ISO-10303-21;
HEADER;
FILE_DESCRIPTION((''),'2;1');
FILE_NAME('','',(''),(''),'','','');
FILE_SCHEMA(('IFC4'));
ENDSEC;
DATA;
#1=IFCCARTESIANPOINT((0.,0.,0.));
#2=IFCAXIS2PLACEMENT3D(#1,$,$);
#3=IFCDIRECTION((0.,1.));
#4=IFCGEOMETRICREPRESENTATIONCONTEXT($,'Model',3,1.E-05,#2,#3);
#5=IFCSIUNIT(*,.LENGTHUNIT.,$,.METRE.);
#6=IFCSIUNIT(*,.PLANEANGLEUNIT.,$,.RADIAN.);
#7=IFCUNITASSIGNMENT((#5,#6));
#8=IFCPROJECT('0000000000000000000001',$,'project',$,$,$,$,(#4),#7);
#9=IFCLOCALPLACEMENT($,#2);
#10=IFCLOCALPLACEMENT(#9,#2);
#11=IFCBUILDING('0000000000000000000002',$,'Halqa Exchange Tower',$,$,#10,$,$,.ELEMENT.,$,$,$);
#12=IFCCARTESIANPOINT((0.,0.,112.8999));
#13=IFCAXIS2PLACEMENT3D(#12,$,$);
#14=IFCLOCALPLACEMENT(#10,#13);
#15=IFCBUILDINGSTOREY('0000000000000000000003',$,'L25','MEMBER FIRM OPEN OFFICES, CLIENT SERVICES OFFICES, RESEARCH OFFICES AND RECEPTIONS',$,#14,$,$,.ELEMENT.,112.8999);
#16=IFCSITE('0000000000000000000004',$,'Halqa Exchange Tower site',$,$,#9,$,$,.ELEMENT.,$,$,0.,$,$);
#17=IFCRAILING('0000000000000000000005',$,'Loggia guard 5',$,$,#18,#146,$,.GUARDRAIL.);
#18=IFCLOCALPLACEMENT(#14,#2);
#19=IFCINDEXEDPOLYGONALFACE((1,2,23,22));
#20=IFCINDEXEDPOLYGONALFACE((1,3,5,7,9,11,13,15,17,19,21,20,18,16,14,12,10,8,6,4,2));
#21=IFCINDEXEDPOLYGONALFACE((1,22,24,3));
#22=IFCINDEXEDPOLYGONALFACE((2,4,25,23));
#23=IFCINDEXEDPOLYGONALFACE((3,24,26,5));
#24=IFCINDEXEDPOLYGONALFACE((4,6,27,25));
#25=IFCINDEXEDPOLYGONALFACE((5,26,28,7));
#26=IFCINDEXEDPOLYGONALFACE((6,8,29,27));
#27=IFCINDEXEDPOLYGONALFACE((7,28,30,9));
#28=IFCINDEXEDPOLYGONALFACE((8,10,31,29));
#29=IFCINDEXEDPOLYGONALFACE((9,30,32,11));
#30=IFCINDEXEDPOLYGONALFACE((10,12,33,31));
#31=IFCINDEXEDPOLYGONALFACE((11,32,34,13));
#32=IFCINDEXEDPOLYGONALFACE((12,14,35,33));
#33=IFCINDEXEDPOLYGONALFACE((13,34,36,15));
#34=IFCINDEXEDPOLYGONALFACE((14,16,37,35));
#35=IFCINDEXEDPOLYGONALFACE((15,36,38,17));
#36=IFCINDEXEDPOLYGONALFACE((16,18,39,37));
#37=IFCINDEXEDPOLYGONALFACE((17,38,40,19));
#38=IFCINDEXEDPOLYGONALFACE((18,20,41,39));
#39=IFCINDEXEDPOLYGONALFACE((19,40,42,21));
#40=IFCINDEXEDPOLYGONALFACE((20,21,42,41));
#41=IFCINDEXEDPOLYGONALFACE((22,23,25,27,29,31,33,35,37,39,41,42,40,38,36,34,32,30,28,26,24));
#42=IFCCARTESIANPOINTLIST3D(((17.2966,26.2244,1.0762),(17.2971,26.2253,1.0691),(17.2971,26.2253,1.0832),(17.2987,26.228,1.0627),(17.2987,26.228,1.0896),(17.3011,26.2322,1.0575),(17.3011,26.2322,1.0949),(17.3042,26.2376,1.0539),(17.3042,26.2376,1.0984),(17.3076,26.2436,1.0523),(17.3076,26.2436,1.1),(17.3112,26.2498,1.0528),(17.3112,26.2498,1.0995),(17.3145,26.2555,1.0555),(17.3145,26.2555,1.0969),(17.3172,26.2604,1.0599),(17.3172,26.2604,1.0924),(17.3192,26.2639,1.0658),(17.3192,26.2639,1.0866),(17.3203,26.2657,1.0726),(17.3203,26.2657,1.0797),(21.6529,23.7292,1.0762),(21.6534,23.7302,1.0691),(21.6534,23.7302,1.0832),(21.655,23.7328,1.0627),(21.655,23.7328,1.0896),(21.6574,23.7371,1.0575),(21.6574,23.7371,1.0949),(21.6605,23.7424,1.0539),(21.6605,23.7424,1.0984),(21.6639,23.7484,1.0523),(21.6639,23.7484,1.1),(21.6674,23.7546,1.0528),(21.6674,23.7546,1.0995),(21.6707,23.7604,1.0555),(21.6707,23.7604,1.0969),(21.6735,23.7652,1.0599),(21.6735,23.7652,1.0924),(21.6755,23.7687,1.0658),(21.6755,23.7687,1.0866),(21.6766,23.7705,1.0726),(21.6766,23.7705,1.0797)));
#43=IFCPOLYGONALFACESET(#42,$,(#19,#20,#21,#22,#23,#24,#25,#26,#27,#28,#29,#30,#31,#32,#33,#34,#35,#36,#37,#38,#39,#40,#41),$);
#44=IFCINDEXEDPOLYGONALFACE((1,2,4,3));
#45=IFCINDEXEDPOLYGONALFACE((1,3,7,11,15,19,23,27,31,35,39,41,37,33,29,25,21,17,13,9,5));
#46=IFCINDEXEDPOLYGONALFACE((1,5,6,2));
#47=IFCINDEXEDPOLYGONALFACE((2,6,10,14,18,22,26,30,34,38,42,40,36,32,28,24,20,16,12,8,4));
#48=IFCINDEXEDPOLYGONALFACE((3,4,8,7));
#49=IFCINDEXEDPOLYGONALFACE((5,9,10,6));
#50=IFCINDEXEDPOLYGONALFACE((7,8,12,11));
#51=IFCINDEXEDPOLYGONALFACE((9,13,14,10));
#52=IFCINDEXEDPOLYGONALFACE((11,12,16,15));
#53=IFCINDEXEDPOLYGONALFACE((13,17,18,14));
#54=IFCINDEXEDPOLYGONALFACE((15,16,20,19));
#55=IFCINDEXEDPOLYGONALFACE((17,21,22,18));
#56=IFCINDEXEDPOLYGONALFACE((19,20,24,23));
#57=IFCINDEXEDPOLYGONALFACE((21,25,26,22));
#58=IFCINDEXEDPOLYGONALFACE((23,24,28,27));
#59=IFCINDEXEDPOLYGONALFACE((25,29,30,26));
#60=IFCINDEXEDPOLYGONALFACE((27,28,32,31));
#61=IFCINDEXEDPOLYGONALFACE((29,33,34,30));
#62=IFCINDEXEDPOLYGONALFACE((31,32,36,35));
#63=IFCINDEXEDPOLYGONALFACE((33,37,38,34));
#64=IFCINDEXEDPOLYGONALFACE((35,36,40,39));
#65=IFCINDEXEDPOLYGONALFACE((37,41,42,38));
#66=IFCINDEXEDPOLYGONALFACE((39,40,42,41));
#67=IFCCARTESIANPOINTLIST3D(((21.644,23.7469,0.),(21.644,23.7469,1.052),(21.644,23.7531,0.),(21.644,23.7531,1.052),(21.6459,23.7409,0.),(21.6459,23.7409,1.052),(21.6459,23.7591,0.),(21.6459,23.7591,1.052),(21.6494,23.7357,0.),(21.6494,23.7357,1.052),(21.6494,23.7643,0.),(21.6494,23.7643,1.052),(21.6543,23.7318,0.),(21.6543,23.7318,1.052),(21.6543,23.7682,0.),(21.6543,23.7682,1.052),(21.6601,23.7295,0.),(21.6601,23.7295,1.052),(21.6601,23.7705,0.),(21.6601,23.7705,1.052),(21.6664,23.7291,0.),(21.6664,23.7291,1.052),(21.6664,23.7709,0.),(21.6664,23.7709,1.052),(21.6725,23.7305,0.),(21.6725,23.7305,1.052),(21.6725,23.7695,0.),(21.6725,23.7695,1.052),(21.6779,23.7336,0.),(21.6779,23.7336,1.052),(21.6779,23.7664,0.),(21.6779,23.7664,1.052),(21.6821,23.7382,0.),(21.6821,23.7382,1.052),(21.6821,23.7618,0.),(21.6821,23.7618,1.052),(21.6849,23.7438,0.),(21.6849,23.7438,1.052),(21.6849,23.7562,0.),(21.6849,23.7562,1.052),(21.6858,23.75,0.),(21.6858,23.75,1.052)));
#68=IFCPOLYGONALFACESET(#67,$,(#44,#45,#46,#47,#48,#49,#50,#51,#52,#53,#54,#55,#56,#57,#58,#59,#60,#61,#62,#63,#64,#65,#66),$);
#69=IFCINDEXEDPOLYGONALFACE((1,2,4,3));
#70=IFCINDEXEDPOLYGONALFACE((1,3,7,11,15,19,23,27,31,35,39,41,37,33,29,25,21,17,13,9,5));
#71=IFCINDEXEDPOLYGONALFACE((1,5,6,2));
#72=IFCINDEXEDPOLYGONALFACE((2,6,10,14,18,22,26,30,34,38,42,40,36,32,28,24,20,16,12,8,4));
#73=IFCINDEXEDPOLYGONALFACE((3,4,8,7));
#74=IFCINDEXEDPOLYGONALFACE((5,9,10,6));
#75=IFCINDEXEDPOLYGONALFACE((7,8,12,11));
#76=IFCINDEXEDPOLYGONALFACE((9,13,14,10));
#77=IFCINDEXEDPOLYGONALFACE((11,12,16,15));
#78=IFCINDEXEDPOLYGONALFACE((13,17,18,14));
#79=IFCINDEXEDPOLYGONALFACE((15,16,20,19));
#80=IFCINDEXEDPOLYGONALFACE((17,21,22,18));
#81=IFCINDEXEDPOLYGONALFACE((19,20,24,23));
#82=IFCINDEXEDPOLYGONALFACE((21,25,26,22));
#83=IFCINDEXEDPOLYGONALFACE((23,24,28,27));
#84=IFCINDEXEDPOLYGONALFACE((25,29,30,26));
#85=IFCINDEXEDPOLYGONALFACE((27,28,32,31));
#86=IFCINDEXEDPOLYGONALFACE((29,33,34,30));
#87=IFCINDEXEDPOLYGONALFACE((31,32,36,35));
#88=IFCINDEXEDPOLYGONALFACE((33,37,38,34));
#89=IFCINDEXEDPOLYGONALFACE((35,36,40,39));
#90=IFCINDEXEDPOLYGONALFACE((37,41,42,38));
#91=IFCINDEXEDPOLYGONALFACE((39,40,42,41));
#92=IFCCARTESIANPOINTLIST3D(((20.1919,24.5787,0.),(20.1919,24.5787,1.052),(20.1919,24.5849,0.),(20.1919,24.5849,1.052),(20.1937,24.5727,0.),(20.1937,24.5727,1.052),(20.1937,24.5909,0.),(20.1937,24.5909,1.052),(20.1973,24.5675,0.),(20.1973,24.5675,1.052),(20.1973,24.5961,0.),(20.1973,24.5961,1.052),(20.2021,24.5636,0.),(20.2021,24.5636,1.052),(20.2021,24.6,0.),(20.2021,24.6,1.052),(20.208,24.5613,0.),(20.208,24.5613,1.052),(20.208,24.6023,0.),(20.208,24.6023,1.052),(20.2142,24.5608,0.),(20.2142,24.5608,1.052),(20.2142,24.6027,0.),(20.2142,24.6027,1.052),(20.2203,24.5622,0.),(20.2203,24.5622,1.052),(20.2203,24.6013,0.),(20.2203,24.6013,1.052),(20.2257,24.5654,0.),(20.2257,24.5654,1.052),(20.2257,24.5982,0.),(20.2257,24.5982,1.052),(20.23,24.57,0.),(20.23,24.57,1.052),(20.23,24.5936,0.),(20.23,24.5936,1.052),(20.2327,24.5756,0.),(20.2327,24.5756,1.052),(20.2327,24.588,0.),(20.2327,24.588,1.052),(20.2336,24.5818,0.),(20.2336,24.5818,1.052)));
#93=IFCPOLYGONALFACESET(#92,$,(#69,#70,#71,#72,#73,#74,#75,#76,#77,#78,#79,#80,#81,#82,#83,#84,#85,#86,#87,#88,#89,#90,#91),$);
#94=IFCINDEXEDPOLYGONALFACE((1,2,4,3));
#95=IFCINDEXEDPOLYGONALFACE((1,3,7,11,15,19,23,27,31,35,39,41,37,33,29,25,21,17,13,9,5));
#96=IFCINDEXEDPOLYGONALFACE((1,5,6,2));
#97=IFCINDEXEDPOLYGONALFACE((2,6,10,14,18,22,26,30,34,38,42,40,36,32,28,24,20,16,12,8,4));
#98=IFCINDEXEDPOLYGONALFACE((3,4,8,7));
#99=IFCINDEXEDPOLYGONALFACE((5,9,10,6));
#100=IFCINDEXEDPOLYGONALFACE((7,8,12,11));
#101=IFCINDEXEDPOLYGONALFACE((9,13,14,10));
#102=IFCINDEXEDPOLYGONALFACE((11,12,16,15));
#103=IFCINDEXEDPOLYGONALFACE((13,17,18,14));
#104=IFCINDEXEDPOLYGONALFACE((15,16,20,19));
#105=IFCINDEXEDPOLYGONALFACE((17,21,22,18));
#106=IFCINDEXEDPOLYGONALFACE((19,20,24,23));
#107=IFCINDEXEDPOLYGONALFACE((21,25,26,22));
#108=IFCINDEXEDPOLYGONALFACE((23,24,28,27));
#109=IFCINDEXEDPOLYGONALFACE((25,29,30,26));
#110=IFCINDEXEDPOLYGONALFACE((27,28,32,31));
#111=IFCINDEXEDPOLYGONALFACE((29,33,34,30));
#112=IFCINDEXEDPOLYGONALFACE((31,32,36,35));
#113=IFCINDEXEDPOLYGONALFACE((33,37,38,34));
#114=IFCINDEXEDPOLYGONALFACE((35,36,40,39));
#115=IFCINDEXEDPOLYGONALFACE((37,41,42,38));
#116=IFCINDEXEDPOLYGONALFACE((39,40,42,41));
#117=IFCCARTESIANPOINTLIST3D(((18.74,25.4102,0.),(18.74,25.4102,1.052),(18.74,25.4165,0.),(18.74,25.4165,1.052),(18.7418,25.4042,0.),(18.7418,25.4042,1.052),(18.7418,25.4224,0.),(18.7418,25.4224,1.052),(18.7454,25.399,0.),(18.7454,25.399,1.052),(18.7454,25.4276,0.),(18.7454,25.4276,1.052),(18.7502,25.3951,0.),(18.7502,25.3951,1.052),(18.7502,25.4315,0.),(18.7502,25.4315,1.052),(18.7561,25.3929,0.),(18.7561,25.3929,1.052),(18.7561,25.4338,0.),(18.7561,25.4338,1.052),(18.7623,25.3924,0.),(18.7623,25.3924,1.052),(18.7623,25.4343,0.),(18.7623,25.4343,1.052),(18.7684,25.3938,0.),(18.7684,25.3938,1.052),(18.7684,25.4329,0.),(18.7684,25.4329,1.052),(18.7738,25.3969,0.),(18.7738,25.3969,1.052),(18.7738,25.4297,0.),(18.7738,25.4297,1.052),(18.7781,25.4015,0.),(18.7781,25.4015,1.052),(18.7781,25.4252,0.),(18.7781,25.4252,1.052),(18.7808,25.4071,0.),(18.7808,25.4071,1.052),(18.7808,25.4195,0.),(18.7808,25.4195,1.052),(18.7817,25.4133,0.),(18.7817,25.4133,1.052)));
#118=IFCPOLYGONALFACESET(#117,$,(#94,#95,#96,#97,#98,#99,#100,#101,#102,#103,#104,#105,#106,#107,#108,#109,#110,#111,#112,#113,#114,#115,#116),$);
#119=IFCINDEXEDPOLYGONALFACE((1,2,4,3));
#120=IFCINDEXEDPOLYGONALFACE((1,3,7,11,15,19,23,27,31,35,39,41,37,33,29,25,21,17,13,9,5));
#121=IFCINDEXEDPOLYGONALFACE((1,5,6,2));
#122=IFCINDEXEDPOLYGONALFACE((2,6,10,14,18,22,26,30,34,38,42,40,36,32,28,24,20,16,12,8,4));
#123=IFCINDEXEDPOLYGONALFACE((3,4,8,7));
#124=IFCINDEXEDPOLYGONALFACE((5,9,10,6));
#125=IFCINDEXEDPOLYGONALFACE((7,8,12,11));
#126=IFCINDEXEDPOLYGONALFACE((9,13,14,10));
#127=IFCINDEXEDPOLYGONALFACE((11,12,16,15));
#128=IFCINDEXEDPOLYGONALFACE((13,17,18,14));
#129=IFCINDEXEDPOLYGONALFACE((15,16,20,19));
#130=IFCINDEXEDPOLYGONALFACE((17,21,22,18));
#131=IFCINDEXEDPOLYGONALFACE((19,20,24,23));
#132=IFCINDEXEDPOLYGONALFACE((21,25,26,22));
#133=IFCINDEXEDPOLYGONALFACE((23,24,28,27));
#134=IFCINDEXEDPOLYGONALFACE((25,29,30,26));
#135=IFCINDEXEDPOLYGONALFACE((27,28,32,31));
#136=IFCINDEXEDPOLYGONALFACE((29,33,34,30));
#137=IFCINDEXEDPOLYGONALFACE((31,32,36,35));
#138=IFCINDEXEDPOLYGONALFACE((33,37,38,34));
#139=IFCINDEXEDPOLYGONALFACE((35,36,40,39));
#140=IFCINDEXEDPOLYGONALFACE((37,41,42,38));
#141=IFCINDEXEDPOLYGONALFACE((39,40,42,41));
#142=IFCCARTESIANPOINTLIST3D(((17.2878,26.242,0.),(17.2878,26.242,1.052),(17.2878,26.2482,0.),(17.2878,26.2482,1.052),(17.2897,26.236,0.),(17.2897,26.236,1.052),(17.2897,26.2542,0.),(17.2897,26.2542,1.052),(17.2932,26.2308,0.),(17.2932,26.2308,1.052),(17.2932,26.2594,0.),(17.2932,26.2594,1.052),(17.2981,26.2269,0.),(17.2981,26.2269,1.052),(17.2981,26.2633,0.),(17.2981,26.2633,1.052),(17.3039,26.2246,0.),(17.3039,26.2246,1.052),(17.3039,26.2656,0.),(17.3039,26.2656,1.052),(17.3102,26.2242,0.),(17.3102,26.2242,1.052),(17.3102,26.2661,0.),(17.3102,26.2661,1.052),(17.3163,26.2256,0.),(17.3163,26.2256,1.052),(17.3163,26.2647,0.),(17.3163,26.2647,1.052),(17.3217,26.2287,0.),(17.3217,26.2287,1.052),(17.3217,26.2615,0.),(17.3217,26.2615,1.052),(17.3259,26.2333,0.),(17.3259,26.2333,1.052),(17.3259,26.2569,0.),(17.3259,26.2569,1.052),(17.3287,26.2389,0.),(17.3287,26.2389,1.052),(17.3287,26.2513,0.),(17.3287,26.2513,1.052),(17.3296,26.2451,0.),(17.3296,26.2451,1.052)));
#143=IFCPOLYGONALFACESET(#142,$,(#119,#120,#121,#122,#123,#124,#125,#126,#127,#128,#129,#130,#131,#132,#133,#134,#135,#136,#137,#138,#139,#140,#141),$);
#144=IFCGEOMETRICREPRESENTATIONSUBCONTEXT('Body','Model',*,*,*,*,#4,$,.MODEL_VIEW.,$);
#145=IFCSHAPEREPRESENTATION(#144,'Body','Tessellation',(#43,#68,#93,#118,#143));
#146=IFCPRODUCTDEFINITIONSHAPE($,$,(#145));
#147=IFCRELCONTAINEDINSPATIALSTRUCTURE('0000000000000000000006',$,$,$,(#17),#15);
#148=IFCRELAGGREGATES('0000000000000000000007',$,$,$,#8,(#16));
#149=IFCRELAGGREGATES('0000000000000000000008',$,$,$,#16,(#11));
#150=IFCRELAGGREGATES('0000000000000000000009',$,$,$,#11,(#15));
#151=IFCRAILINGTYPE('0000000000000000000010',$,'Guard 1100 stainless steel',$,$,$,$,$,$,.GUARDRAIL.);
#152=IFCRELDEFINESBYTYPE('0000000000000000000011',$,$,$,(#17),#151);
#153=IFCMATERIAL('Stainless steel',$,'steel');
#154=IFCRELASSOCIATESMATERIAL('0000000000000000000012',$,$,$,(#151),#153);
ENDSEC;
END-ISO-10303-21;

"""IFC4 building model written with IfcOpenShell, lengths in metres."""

from ifc_helpers import new_model, si_unit, direction, frame, origin, origin_2d, place, context, subcontext, project, spatial, circle, extrude, material, type_object, element, save


model = new_model("IFC4")

# Units and contexts
model_context = context("Model", 3, precision=1e-05, world=origin(), true_north=direction((0.0, 1.0)))
body_context = subcontext(model_context, "Body", "Model", "MODEL_VIEW")
ifc_project = project(units=[si_unit("LENGTHUNIT", "METRE"), si_unit("PLANEANGLEUNIT", "RADIAN")], contexts=[model_context])

# Site, building, storey
site_placement = place(None, origin())
site = spatial("IfcSite", under=ifc_project, at=site_placement, Name="Halqa Exchange Tower site", CompositionType="ELEMENT", RefElevation=0.0)
building_placement = place(site_placement, origin())
building = spatial("IfcBuilding", under=site, at=building_placement, Name="Halqa Exchange Tower", CompositionType="ELEMENT")
storey_placement = place(building_placement, frame((0.0, 0.0, 112.8999)))
storey = spatial("IfcBuildingStorey", under=building, at=storey_placement, Name="L25", Description="MEMBER FIRM OPEN OFFICES, CLIENT SERVICES OFFICES, RESEARCH OFFICES AND RECEPTIONS", CompositionType="ELEMENT", Elevation=112.8999)

# Railing
ifc_material_1 = material(Name="Stainless steel", Category="steel")
railing_type = type_object("IfcRailingType", Name="Guard 1100 stainless steel", PredefinedType="GUARDRAIL", material=ifc_material_1)
railing_1_placement = place(storey_placement, frame((21.6648, 23.75, 0.0)))
element("IfcRailing", 1, at=railing_1_placement, inside=storey, type_object=railing_type, Name="Loggia guard 5", PredefinedType="GUARDRAIL", context=body_context, shape_type="SweptSolid", body=[
    extrude(circle(Radius=0.0239, at=origin_2d()), frame((0.0, 0.0, 1.0762), z_axis=(-0.86774, 0.497019, 0.0), x_axis=(-0.497019, -0.86774, 0.0)), (0.0, 0.0, 1.0), 5.0203),
    extrude(circle(Radius=0.021, at=origin_2d()), origin(), (0.0, 0.0, 1.0), 1.052),
    extrude(circle(Radius=0.021, at=origin_2d()), frame((-1.4521, 0.8318, 0.0)), (0.0, 0.0, 1.0), 1.052),
    extrude(circle(Radius=0.021, at=origin_2d()), frame((-2.9041, 1.6633, 0.0)), (0.0, 0.0, 1.0), 1.052),
    extrude(circle(Radius=0.021, at=origin_2d()), frame((-4.3562, 2.4951, 0.0)), (0.0, 0.0, 1.0), 1.052),
])

save(model, "model.ifc")
